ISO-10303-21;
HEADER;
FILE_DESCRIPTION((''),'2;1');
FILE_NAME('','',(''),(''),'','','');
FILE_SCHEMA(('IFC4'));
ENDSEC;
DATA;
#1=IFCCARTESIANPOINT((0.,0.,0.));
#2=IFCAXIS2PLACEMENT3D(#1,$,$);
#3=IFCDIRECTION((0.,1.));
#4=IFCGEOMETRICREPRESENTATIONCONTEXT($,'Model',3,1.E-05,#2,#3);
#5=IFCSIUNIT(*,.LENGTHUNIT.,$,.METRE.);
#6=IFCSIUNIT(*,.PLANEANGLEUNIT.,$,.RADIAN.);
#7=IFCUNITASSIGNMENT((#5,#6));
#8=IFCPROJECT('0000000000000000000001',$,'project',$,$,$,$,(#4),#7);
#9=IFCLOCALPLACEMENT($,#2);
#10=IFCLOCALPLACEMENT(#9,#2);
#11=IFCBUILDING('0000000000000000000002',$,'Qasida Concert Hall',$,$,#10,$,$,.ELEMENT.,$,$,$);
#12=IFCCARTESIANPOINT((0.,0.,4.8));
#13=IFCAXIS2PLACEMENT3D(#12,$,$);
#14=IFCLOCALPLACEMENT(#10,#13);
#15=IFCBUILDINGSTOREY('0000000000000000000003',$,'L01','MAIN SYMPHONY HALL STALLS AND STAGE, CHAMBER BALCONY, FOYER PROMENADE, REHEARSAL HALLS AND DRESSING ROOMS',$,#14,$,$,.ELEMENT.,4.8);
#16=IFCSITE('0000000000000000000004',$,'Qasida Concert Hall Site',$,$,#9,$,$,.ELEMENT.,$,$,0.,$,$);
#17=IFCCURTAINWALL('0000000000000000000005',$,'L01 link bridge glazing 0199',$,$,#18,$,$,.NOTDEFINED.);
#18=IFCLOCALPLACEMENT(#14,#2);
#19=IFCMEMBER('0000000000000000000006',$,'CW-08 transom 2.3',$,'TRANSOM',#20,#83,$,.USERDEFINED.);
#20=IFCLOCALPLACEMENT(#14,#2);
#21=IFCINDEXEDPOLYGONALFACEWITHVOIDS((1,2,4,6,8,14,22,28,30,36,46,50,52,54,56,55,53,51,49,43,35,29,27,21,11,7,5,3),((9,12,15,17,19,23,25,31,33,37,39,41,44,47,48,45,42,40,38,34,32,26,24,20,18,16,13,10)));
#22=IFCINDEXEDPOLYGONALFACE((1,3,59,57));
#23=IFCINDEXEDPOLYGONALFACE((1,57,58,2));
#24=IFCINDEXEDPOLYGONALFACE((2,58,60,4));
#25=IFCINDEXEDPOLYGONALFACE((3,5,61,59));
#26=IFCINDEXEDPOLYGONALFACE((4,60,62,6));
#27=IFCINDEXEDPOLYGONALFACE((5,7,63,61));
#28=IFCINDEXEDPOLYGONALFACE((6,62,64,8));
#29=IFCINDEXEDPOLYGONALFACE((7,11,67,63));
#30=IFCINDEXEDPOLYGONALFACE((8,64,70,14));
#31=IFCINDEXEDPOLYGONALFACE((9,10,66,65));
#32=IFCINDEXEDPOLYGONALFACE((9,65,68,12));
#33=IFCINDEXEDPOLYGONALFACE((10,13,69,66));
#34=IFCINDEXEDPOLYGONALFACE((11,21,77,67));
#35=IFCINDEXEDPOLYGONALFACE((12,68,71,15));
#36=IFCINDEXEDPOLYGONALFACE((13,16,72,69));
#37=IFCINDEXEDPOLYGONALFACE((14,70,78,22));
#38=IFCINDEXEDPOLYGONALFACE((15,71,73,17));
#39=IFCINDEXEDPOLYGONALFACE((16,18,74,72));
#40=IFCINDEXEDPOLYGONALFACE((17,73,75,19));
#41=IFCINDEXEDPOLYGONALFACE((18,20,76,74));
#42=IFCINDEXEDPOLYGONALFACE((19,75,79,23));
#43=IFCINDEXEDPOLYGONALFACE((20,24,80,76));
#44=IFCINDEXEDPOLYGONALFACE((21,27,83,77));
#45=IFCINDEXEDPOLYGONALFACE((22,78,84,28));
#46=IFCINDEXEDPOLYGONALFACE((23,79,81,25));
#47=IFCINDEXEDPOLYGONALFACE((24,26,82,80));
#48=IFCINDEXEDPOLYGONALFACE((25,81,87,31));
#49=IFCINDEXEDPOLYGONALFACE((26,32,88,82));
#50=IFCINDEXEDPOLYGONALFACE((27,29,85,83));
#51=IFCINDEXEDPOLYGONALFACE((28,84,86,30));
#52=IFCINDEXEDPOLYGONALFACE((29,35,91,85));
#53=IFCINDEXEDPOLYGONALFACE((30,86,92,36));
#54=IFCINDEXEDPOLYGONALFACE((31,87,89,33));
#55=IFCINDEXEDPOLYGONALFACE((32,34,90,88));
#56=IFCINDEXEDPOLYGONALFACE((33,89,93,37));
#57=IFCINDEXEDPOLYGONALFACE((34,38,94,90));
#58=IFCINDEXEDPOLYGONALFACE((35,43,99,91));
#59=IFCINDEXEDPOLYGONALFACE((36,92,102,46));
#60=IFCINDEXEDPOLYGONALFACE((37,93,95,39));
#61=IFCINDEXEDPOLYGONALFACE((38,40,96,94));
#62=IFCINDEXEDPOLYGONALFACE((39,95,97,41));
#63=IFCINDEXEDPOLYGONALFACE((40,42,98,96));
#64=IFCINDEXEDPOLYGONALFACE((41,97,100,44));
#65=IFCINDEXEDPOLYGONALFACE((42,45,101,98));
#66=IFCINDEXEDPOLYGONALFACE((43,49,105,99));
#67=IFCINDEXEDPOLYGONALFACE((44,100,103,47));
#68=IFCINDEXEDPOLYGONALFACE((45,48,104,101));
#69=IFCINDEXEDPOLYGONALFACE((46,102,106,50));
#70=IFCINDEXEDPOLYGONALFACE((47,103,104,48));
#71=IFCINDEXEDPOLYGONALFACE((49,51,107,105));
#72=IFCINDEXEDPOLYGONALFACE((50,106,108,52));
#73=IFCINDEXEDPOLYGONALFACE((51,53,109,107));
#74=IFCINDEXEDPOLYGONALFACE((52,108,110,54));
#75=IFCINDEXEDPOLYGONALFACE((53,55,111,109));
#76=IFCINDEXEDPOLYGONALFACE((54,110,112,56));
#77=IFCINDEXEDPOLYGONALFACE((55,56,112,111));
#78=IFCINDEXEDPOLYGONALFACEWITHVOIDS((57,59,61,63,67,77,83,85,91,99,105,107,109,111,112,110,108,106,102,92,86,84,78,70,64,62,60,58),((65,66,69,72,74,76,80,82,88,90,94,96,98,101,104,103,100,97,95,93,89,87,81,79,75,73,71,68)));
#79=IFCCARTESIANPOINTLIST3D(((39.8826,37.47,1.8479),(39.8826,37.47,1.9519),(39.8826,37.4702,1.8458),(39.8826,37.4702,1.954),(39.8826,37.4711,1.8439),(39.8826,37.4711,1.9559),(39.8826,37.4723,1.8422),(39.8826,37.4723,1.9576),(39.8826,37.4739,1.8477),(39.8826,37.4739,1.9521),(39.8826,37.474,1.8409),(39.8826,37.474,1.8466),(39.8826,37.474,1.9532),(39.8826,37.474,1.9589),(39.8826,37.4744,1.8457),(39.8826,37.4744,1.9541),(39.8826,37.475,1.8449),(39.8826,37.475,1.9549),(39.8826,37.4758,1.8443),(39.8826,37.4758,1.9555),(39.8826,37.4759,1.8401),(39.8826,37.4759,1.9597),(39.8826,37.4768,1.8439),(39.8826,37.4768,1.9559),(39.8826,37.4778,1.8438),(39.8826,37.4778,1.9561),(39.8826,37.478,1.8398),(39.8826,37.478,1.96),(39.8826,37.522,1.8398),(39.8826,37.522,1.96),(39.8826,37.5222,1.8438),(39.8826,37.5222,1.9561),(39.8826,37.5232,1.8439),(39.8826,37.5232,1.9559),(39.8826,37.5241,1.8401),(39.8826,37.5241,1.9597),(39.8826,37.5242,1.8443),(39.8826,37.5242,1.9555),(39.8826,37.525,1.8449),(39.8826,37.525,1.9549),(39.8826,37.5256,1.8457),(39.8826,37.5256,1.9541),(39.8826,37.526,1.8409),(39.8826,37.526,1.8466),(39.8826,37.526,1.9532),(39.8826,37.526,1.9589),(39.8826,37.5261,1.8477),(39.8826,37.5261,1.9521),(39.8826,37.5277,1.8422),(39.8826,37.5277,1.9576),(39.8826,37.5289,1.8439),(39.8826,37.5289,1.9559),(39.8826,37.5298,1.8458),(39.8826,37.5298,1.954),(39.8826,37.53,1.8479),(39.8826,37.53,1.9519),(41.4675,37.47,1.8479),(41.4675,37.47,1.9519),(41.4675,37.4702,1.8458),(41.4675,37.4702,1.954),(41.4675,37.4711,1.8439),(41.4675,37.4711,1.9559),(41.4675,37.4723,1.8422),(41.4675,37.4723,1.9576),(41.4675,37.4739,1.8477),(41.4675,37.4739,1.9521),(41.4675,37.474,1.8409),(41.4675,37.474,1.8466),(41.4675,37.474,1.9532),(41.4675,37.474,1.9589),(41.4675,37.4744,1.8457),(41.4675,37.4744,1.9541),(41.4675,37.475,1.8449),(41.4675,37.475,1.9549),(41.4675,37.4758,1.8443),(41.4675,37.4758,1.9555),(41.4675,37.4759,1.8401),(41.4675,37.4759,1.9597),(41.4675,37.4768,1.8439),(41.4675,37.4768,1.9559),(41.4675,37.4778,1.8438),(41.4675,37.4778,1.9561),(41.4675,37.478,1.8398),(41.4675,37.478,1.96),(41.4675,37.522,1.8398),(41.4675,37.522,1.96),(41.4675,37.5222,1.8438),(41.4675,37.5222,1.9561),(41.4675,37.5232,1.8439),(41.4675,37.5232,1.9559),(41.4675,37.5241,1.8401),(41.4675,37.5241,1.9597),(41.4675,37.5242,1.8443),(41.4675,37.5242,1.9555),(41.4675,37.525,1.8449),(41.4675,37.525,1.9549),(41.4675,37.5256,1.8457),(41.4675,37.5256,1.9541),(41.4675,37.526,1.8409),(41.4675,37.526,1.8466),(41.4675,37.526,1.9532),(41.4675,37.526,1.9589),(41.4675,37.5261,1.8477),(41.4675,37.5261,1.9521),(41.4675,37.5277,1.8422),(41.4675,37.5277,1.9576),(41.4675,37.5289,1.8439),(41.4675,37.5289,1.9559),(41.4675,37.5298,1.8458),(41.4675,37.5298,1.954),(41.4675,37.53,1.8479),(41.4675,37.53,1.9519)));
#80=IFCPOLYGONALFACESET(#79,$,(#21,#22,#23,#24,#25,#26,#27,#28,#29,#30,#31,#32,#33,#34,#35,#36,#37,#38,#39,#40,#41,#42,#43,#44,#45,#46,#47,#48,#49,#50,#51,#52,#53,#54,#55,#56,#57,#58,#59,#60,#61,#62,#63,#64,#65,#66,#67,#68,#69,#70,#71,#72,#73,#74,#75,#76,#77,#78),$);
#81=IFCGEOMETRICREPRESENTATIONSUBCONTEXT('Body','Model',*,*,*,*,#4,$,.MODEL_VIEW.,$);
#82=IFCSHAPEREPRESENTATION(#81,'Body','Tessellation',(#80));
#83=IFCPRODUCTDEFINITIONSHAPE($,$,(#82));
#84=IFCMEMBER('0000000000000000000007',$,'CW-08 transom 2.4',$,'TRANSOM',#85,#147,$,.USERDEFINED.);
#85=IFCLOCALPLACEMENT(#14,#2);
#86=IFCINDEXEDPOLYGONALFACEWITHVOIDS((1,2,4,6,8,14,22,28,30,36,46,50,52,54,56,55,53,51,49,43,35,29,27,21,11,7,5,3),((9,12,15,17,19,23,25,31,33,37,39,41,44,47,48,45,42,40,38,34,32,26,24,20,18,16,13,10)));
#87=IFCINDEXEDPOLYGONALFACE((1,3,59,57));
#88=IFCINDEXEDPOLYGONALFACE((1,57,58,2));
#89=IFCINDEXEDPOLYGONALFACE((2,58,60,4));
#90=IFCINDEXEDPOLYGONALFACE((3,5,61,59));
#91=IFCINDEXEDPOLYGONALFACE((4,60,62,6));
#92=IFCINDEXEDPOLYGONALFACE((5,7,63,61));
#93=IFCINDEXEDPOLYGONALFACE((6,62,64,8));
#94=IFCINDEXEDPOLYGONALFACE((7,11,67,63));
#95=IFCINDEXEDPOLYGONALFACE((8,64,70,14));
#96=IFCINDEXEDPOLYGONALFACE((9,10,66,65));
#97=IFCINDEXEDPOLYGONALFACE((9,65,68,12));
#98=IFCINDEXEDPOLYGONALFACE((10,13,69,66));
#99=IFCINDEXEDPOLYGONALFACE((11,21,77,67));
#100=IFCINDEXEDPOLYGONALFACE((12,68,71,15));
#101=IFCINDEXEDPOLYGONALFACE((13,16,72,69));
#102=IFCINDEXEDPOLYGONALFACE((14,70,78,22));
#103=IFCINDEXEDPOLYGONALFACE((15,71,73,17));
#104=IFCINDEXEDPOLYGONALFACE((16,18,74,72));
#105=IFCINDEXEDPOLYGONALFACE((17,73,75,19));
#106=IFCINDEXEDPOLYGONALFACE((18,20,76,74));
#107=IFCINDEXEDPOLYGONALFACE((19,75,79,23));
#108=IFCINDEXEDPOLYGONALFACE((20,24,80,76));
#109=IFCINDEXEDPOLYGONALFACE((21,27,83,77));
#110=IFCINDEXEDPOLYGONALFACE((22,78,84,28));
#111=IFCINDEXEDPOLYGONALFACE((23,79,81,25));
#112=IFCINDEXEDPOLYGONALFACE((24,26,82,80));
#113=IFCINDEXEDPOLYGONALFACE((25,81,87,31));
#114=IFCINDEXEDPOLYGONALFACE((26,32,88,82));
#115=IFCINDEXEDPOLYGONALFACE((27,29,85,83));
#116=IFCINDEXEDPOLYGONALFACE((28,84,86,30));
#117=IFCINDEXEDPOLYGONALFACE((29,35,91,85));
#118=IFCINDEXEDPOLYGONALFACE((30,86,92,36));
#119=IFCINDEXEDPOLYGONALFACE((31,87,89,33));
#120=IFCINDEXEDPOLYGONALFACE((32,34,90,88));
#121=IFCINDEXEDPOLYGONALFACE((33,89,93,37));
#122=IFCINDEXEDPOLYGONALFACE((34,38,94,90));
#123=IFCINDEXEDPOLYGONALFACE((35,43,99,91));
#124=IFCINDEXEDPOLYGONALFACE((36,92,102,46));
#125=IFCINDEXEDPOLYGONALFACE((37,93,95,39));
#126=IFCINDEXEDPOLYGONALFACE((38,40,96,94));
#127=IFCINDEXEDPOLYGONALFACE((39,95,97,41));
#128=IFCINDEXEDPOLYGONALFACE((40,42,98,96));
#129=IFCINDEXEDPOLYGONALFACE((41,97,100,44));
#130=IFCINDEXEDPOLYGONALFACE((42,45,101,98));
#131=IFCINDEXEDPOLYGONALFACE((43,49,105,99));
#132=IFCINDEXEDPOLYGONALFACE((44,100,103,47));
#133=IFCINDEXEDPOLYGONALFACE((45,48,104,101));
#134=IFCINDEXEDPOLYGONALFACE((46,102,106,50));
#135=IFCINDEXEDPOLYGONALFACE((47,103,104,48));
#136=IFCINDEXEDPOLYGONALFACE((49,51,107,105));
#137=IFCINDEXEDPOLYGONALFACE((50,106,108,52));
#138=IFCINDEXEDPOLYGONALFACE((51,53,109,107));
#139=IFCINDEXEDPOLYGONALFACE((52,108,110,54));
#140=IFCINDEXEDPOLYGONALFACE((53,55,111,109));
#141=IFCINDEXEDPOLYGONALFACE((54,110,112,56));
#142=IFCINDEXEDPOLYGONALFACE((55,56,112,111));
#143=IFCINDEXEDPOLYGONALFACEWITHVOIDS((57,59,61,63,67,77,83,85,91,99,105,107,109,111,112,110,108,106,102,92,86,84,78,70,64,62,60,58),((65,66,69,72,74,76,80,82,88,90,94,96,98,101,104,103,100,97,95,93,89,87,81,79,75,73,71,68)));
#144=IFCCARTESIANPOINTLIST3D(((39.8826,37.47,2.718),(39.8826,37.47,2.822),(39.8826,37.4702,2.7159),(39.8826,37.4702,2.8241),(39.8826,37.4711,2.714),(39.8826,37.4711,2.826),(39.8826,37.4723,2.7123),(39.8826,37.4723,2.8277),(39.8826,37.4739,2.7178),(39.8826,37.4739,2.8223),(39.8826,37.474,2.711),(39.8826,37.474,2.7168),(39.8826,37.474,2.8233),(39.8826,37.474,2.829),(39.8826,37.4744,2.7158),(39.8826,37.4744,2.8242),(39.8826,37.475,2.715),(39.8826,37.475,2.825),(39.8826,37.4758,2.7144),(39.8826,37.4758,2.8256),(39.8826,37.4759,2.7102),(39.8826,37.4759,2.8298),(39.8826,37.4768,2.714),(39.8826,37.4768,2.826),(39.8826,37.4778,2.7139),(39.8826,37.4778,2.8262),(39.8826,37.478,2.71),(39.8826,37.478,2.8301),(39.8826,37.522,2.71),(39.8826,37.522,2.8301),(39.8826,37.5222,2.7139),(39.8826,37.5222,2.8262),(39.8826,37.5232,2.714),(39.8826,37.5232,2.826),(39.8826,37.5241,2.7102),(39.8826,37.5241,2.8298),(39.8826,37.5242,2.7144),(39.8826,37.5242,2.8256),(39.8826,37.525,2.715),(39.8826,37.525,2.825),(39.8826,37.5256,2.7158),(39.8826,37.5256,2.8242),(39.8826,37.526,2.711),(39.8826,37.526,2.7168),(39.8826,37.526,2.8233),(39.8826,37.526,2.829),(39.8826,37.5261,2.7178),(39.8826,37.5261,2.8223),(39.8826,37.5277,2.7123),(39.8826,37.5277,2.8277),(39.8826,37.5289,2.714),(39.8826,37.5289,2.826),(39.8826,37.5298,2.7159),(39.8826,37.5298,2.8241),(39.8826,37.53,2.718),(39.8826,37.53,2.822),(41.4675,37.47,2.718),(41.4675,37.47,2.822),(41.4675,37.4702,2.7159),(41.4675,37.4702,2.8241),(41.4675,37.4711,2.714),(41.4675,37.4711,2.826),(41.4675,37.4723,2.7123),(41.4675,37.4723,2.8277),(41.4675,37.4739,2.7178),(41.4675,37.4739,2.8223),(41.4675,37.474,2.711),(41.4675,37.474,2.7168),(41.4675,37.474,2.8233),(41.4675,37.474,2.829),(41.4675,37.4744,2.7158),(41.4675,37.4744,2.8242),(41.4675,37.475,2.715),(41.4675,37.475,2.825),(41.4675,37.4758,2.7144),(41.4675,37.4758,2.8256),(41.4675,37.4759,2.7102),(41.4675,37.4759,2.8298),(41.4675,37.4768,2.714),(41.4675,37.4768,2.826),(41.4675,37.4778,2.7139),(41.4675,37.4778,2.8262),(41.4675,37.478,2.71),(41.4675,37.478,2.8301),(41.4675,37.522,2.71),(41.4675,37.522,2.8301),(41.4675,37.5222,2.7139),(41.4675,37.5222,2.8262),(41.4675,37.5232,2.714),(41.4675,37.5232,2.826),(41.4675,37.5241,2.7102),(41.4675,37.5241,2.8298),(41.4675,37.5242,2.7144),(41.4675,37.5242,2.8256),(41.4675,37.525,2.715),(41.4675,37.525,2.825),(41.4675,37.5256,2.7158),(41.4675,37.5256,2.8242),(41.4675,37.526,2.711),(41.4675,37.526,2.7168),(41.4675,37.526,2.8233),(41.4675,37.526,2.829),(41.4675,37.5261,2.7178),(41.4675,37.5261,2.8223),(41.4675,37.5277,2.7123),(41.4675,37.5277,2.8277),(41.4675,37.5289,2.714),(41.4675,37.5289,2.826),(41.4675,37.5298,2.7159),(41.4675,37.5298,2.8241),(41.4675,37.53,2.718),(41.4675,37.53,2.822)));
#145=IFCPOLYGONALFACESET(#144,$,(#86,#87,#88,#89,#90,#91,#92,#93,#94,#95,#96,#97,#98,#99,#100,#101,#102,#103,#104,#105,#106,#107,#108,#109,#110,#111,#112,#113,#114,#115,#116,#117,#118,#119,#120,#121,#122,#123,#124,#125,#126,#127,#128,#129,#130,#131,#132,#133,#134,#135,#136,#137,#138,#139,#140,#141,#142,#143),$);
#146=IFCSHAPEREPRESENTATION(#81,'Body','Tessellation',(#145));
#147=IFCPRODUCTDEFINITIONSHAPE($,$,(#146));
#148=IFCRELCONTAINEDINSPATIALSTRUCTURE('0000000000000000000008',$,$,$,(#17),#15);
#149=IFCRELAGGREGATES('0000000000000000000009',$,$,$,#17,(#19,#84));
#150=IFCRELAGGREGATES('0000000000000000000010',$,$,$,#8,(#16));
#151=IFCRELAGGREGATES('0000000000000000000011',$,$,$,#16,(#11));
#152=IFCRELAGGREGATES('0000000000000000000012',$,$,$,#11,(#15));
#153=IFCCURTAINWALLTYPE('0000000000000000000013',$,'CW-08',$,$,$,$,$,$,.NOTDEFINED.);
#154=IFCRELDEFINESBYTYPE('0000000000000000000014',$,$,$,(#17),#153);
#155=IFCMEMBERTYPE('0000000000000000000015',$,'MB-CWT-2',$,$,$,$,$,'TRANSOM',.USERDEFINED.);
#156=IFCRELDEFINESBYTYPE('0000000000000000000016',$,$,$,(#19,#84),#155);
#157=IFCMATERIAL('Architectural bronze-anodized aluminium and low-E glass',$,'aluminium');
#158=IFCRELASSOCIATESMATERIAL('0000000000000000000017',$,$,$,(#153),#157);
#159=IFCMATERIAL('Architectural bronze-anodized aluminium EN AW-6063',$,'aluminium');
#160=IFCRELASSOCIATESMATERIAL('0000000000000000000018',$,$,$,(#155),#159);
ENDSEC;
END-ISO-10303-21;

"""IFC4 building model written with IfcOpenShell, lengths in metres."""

from ifc_helpers import new_model, si_unit, direction, frame, origin, origin_2d, place, context, subcontext, project, spatial, hollow_rectangle, extrude, material, material_profile, profile_set, type_object, element, aggregate, save


model = new_model("IFC4")

# Units and contexts
model_context = context("Model", 3, precision=1e-05, world=origin(), true_north=direction((0.0, 1.0)))
body_context = subcontext(model_context, "Body", "Model", "MODEL_VIEW")
ifc_project = project(units=[si_unit("LENGTHUNIT", "METRE"), si_unit("PLANEANGLEUNIT", "RADIAN")], contexts=[model_context])

# Site, building, storey
site_placement = place(None, origin())
site = spatial("IfcSite", under=ifc_project, at=site_placement, Name="Qasida Concert Hall Site", CompositionType="ELEMENT", RefElevation=0.0)
building_placement = place(site_placement, origin())
building = spatial("IfcBuilding", under=site, at=building_placement, Name="Qasida Concert Hall", CompositionType="ELEMENT")
storey_placement = place(building_placement, frame((0.0, 0.0, 4.8)))
storey = spatial("IfcBuildingStorey", under=building, at=storey_placement, Name="L01", Description="MAIN SYMPHONY HALL STALLS AND STAGE, CHAMBER BALCONY, FOYER PROMENADE, REHEARSAL HALLS AND DRESSING ROOMS", CompositionType="ELEMENT", Elevation=4.8)

# Shared definitions
ifc_material_1 = material(Name="Architectural bronze-anodized aluminium and low-E glass", Category="aluminium")
ifc_material_2 = material(Name="Architectural bronze-anodized aluminium EN AW-6063", Category="aluminium")

# Curtain wall
curtain_wall_type_1 = type_object("IfcCurtainWallType", Name="CW-08", PredefinedType="NOTDEFINED", material=ifc_material_1)
curtain_wall_1_placement = place(storey_placement, origin())
curtain_wall_1 = element("IfcCurtainWall", 1, at=curtain_wall_1_placement, inside=storey, type_object=curtain_wall_type_1, Name="L01 link bridge glazing 0199", PredefinedType="NOTDEFINED")

# Members
ifc_material_profile_1 = material_profile(ifc_material_2, hollow_rectangle(XDim=0.0601, YDim=0.1201, WallThickness=0.0039, InnerFilletRadius=0.0039, OuterFilletRadius=0.0081, at=origin_2d()), Name="CWT 120x60x4")
ifc_profile_set_1 = profile_set([ifc_material_profile_1], Name="Architectural bronze-anodized aluminium EN AW-6063")
member_type_1 = type_object("IfcMemberType", Name="MB-CWT-2", ElementType="TRANSOM", PredefinedType="USERDEFINED", material=ifc_profile_set_1)
member_1_placement = place(storey_placement, frame((39.8826, 37.5, 1.8999), z_axis=(1.0, 0.0, 0.0), x_axis=(0.0, 1.0, 0.0)))
member_1 = element("IfcMember", 2, at=member_1_placement, type_object=member_type_1, Name="CW-08 transom 2.3", ObjectType="TRANSOM", PredefinedType="USERDEFINED", context=body_context, shape_type="SweptSolid", body=[
    extrude(hollow_rectangle(XDim=0.0601, YDim=0.1201, WallThickness=0.0039, InnerFilletRadius=0.0039, OuterFilletRadius=0.0081, at=origin_2d()), origin(), (0.0, 0.0, 1.0), 1.585),
])
member_2_placement = place(storey_placement, frame((39.8826, 37.5, 2.77), z_axis=(1.0, 0.0, 0.0), x_axis=(0.0, 1.0, 0.0)))
member_2 = element("IfcMember", 3, at=member_2_placement, type_object=member_type_1, Name="CW-08 transom 2.4", ObjectType="TRANSOM", PredefinedType="USERDEFINED", context=body_context, shape_type="SweptSolid", body=[
    extrude(hollow_rectangle(XDim=0.0601, YDim=0.1201, WallThickness=0.0039, InnerFilletRadius=0.0039, OuterFilletRadius=0.0081, at=origin_2d()), origin(), (0.0, 0.0, 1.0), 1.585),
])

aggregate(curtain_wall_1, [member_1, member_2])

save(model, "model.ifc")
